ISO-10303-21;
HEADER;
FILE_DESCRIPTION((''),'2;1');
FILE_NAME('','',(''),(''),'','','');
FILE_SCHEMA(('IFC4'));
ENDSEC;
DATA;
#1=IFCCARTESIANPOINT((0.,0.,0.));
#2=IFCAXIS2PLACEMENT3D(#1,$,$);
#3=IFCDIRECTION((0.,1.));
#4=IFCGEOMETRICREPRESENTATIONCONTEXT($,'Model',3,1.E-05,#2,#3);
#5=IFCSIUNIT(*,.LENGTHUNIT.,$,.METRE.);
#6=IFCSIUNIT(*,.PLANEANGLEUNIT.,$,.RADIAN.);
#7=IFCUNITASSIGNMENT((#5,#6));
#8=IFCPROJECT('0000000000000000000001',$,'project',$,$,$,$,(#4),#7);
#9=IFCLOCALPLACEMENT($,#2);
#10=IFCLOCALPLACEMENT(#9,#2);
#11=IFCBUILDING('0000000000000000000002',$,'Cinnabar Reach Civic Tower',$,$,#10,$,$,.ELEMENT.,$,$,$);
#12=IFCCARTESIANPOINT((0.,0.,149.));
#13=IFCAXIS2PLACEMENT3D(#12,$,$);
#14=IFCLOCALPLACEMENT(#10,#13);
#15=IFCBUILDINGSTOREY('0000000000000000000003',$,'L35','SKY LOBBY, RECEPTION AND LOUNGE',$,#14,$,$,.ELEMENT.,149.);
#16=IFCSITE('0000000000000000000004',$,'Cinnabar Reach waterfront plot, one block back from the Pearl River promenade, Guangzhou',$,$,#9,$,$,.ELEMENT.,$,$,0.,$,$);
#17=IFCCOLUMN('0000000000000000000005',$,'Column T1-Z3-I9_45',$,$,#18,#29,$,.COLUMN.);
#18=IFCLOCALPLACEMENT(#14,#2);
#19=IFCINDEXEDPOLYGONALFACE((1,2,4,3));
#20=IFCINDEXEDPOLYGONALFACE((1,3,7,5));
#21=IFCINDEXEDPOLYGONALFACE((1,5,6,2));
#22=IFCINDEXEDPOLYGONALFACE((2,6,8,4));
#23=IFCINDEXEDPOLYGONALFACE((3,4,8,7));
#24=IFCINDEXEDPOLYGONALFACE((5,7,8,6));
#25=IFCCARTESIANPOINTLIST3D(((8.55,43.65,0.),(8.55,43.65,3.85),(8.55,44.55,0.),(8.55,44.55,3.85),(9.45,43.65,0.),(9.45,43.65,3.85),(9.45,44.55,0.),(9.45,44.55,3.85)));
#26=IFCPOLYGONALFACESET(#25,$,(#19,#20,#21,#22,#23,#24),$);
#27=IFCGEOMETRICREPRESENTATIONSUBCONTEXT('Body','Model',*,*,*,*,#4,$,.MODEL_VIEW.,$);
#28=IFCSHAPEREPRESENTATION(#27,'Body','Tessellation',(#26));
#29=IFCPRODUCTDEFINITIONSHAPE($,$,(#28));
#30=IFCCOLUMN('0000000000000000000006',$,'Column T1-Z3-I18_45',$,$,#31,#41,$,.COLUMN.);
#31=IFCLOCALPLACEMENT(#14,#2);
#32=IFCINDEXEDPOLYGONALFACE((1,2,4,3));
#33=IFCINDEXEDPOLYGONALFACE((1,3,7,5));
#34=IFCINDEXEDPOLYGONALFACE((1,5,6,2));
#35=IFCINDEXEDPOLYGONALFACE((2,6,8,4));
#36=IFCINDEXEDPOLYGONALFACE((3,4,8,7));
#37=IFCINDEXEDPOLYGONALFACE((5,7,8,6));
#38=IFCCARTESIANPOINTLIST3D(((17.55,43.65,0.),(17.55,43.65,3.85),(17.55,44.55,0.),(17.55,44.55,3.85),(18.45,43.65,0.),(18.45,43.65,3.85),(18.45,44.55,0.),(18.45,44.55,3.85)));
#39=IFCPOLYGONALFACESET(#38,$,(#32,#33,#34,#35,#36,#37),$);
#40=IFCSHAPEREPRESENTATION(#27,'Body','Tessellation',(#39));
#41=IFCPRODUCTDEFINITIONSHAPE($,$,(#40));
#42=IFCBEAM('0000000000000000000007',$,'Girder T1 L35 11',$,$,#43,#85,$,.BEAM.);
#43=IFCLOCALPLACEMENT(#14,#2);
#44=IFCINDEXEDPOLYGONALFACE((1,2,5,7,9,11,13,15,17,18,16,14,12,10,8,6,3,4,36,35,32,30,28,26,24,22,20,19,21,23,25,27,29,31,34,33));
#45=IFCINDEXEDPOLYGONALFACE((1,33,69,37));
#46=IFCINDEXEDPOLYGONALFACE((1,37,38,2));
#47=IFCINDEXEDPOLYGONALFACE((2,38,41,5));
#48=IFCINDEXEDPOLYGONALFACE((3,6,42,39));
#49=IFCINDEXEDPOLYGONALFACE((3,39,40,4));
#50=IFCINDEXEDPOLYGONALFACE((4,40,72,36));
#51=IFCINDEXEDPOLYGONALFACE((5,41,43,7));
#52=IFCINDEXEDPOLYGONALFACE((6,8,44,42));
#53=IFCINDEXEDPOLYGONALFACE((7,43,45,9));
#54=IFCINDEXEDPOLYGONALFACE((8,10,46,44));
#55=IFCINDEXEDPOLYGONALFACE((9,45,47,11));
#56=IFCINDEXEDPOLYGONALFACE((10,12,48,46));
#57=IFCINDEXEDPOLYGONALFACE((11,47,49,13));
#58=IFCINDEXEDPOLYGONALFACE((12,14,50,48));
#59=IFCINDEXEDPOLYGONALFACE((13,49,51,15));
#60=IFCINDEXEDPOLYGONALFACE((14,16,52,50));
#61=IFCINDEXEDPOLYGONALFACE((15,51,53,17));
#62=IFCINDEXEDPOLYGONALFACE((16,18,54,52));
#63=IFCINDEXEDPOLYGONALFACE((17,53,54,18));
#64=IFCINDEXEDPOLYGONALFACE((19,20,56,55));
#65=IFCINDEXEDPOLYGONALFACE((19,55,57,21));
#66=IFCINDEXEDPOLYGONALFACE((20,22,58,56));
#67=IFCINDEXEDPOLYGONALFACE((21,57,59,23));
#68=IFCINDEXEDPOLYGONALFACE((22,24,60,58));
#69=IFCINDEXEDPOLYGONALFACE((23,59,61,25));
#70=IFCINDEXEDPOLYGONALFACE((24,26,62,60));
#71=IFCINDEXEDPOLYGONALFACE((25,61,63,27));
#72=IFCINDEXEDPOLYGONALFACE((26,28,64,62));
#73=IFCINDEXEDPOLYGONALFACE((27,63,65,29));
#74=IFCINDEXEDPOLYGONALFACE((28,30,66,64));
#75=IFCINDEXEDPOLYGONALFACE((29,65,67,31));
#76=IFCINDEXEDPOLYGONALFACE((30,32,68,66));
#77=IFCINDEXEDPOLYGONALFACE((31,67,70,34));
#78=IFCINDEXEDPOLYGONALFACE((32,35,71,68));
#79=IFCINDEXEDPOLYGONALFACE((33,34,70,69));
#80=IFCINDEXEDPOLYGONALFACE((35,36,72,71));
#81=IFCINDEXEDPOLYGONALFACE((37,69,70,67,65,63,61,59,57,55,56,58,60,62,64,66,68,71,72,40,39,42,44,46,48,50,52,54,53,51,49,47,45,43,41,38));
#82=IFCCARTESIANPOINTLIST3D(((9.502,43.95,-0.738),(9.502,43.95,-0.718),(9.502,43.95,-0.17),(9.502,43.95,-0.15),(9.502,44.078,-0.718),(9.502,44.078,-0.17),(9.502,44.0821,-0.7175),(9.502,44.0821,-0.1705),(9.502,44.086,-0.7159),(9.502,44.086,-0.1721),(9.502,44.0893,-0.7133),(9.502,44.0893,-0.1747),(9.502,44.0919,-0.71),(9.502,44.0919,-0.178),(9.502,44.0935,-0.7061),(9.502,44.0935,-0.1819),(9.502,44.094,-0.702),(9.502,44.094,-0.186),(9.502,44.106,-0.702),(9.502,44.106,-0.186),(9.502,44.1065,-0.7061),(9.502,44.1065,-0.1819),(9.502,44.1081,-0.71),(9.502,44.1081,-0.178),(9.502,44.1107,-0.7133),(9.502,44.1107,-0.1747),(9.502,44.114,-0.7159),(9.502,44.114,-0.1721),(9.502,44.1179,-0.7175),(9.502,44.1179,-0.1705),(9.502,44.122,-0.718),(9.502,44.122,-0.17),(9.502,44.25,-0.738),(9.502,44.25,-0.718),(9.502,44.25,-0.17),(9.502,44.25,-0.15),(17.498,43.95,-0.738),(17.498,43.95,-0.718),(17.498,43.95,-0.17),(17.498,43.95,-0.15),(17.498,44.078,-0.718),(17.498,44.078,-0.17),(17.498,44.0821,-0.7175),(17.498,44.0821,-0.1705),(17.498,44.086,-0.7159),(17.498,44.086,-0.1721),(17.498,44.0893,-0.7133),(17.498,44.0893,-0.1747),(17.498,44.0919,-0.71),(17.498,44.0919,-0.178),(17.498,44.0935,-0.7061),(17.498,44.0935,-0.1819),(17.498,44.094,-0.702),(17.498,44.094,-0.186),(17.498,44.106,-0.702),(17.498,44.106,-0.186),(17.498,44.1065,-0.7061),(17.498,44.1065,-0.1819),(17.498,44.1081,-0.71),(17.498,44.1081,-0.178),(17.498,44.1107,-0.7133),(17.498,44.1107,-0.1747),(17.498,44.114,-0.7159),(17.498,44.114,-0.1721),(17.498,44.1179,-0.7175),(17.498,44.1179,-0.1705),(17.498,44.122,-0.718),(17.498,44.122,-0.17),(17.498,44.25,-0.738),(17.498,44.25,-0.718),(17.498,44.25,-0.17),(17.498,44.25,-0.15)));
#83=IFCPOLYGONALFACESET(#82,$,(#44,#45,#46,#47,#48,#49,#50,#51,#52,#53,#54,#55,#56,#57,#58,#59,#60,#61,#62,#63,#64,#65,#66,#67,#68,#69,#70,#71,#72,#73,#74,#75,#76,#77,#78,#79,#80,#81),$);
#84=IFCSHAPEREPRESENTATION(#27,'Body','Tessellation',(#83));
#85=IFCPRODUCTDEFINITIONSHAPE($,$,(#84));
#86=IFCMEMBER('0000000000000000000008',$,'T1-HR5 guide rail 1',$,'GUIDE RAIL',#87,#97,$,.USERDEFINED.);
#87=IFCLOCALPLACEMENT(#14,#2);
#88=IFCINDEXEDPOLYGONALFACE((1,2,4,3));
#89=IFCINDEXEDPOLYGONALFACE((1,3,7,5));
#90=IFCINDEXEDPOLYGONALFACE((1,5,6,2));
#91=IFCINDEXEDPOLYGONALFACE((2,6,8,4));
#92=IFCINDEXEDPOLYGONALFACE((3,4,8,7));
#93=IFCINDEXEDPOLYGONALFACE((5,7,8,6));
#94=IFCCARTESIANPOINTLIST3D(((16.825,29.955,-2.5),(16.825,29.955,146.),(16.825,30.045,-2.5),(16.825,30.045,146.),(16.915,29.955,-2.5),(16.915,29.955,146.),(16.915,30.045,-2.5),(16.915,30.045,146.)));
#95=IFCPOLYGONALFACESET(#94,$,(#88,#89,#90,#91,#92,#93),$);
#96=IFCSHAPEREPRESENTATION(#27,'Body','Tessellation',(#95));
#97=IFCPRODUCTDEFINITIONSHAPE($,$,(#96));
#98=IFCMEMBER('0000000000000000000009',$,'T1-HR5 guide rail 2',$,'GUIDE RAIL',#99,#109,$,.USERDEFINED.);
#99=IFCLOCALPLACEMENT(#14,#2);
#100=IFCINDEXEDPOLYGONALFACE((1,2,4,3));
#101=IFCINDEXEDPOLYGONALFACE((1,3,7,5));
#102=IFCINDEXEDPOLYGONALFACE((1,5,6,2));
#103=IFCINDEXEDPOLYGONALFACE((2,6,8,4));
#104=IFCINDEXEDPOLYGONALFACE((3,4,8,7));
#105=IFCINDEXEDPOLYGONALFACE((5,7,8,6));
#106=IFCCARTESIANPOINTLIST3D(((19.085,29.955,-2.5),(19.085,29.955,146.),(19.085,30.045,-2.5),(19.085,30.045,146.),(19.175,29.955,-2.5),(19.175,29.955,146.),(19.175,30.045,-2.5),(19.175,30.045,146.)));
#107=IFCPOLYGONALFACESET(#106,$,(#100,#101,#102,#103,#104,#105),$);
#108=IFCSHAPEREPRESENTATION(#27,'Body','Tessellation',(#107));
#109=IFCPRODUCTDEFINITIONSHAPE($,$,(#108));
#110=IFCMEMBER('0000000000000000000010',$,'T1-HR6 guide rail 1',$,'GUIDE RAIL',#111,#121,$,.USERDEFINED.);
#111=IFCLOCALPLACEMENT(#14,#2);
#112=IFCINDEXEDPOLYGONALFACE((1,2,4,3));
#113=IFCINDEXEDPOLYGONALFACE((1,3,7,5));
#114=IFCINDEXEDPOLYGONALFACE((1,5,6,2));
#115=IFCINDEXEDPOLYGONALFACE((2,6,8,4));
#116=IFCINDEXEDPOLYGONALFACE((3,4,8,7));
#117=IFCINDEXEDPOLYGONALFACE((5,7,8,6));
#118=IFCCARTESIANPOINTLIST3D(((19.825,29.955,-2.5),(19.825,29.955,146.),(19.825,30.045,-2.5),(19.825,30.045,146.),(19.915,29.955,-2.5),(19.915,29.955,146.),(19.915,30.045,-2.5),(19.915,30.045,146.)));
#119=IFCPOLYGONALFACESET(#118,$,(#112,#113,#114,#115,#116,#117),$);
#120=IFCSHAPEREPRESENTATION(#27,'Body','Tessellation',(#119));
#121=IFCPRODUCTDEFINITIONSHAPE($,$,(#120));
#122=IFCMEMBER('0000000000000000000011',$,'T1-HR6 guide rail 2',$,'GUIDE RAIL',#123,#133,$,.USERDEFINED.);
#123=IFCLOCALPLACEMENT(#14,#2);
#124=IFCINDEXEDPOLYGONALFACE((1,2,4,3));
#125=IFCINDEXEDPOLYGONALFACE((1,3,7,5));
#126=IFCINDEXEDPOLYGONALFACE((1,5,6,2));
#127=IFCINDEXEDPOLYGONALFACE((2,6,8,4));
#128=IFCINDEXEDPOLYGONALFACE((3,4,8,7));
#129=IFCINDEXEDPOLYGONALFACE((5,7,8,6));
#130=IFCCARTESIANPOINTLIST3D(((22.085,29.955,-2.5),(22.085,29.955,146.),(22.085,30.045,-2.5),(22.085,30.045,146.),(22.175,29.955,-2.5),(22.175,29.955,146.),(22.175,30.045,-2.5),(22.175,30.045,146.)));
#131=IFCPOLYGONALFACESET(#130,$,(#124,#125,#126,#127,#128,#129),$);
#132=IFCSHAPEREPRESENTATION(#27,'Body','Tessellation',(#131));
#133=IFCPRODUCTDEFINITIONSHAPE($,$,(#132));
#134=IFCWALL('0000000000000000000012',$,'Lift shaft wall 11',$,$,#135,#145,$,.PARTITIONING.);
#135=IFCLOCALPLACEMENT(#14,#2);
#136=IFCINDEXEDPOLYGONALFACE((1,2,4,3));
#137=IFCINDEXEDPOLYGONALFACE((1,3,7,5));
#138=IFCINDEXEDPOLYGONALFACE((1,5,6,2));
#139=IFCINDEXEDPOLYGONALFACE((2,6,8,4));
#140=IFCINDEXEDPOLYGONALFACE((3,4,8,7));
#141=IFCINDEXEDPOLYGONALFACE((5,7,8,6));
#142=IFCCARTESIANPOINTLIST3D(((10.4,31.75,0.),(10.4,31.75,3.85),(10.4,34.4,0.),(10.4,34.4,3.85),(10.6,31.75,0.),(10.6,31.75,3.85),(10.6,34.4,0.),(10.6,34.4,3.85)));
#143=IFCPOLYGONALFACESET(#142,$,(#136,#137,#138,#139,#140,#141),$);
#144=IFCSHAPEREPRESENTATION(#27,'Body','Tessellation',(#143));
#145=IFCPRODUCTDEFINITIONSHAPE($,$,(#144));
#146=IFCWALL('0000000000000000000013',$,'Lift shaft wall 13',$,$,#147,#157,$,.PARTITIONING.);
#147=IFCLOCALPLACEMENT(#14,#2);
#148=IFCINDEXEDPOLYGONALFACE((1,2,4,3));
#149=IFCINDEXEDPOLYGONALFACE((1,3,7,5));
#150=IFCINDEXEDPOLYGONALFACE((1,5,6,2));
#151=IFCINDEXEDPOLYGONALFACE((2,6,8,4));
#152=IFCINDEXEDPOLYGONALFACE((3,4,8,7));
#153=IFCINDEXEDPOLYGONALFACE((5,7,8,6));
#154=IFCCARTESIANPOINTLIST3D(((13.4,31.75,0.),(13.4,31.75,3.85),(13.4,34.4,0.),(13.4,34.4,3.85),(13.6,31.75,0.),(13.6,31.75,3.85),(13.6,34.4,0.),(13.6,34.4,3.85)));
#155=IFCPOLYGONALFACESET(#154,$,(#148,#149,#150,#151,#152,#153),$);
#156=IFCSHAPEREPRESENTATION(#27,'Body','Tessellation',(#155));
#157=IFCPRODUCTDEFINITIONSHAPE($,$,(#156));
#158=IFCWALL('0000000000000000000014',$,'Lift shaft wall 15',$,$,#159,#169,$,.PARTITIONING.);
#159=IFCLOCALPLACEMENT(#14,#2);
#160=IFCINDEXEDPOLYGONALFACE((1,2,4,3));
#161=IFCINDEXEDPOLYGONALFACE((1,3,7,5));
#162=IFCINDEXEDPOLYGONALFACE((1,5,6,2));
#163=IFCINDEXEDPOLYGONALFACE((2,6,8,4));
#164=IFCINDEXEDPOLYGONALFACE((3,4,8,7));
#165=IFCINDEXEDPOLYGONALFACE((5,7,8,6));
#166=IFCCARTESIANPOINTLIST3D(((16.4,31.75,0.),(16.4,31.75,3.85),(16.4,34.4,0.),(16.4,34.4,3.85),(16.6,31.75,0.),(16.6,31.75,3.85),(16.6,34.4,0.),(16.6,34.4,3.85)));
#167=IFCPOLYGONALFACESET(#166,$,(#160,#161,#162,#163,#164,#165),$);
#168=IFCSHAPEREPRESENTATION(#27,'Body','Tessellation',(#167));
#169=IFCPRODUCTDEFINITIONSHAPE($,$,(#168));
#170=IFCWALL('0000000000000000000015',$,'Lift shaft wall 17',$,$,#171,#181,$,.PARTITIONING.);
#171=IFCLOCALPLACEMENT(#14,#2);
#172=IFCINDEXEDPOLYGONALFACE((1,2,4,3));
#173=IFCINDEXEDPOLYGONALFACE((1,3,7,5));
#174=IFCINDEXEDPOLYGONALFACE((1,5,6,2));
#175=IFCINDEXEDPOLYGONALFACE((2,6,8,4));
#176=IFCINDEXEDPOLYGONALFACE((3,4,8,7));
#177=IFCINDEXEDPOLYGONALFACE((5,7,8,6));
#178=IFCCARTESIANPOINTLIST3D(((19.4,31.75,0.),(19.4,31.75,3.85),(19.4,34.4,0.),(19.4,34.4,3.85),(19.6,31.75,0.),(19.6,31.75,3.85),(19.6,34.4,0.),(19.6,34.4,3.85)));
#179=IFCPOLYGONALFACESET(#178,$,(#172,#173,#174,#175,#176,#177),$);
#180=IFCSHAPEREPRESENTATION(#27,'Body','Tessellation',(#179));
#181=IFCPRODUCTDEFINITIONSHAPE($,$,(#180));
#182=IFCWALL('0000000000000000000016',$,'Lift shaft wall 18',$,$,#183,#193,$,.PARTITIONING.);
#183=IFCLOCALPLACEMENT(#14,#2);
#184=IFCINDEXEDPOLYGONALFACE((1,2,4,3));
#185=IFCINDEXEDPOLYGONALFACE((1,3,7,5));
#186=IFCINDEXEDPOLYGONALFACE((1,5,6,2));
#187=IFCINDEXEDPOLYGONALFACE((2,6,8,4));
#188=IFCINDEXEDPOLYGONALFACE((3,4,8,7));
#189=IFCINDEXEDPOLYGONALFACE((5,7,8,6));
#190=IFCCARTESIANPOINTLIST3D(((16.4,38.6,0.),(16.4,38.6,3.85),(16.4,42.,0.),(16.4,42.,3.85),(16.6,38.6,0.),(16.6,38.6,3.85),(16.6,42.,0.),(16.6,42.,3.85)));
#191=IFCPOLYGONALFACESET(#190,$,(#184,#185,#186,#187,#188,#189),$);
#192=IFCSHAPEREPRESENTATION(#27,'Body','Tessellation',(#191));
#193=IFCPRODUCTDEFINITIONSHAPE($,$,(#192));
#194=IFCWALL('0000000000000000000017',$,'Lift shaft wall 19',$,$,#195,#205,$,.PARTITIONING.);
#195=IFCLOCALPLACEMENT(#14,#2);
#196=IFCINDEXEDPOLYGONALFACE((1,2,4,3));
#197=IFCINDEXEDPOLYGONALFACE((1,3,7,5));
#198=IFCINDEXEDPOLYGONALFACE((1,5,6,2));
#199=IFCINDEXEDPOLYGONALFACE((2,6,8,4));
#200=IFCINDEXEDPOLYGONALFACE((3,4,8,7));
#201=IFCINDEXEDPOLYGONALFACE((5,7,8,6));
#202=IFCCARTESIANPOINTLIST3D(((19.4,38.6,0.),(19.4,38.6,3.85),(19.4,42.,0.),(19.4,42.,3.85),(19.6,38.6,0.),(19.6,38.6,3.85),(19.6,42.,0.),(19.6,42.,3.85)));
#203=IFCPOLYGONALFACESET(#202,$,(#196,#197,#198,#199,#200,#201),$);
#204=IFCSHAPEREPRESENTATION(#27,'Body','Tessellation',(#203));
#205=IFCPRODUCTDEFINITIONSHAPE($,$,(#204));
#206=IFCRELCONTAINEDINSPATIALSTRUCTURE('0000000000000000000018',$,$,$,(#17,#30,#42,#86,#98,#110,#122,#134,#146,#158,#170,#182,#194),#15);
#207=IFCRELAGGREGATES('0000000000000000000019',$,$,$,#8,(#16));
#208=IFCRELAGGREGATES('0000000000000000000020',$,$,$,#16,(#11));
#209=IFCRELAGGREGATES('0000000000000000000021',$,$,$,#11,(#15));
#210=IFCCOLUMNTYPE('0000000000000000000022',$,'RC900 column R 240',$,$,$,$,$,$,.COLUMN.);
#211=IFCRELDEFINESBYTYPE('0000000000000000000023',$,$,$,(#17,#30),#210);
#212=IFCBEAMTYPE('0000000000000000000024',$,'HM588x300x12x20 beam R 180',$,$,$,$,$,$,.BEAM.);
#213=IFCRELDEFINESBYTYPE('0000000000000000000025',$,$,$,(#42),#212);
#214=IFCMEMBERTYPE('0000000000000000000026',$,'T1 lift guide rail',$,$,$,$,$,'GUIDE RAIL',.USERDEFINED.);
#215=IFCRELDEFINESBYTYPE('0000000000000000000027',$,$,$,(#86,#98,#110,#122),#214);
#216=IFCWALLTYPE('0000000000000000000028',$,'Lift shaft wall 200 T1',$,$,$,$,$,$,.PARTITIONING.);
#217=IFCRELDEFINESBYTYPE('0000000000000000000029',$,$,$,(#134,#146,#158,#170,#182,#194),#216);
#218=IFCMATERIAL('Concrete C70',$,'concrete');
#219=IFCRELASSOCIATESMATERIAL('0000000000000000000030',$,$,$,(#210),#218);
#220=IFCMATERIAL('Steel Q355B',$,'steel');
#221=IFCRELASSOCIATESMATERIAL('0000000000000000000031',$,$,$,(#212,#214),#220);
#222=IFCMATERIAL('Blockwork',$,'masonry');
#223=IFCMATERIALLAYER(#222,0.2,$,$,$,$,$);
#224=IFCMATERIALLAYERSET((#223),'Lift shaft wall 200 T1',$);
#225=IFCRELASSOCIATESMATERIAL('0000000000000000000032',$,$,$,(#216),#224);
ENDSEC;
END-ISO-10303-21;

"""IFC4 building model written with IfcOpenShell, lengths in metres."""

from ifc_helpers import new_model, si_unit, direction, frame, frame_2d, origin, origin_2d, place, context, subcontext, project, spatial, rectangle, i_section, extrude, material, layer, layer_set, material_profile, profile_set, type_object, element, save


model = new_model("IFC4")

# Units and contexts
model_context = context("Model", 3, precision=1e-05, world=origin(), true_north=direction((0.0, 1.0)))
body_context = subcontext(model_context, "Body", "Model", "MODEL_VIEW")
ifc_project = project(units=[si_unit("LENGTHUNIT", "METRE"), si_unit("PLANEANGLEUNIT", "RADIAN")], contexts=[model_context])

# Site, building, storey
site_placement = place(None, origin())
site = spatial("IfcSite", under=ifc_project, at=site_placement, Name="Cinnabar Reach waterfront plot, one block back from the Pearl River promenade, Guangzhou", CompositionType="ELEMENT", RefElevation=0.0)
building_placement = place(site_placement, origin())
building = spatial("IfcBuilding", under=site, at=building_placement, Name="Cinnabar Reach Civic Tower", CompositionType="ELEMENT")
storey_placement = place(building_placement, frame((0.0, 0.0, 149.0)))
storey = spatial("IfcBuildingStorey", under=building, at=storey_placement, Name="L35", Description="SKY LOBBY, RECEPTION AND LOUNGE", CompositionType="ELEMENT", Elevation=149.0)

# Columns
ifc_material_1 = material(Name="Concrete C70", Category="concrete")
ifc_material_profile_1 = material_profile(ifc_material_1, rectangle(XDim=0.9, YDim=0.9, at=origin_2d()), Name="RC900")
ifc_profile_set_1 = profile_set([ifc_material_profile_1], Name="Concrete C70")
column_type = type_object("IfcColumnType", Name="RC900 column R 240", PredefinedType="COLUMN", material=ifc_profile_set_1)
for number, where, z_axis, x_axis, name in (
    (1, (9.0, 44.1, 0.0), (0.0, 0.0, 1.0), (1.0, 0.0, 0.0), "Column T1-Z3-I9_45"),
    (2, (18.0, 44.1, 0.0), (0.0, 0.0, 1.0), (1.0, 0.0, 0.0), "Column T1-Z3-I18_45"),
):
    element("IfcColumn", number, at=place(storey_placement, frame(where, z_axis=z_axis, x_axis=x_axis)), inside=storey, type_object=column_type, Name=name, PredefinedType="COLUMN", context=body_context, shape_type="SweptSolid", body=[
        extrude(rectangle(XDim=0.9, YDim=0.9, at=origin_2d()), origin(), (0.0, 0.0, 1.0), 3.85),
    ])

# Beam
ifc_material_2 = material(Name="Steel Q355B", Category="steel")
ifc_material_profile_2 = material_profile(ifc_material_2, i_section(OverallWidth=0.3, OverallDepth=0.588, WebThickness=0.012, FlangeThickness=0.02, FilletRadius=0.016, at=origin_2d()), Name="HM588x300x12x20")
ifc_profile_set_2 = profile_set([ifc_material_profile_2], Name="Steel Q355B")
beam_type = type_object("IfcBeamType", Name="HM588x300x12x20 beam R 180", PredefinedType="BEAM", material=ifc_profile_set_2)
beam_placement = place(storey_placement, frame((9.502, 44.1, -0.444), z_axis=(1.0, 0.0, 0.0), x_axis=(0.0, 1.0, 0.0)))
element("IfcBeam", 3, at=beam_placement, inside=storey, type_object=beam_type, Name="Girder T1 L35 11", PredefinedType="BEAM", context=body_context, shape_type="SweptSolid", body=[
    extrude(i_section(OverallWidth=0.3, OverallDepth=0.588, WebThickness=0.012, FlangeThickness=0.02, FilletRadius=0.016, at=origin_2d()), origin(), (0.0, 0.0, 1.0), 7.996),
])

# Members
ifc_material_profile_3 = material_profile(ifc_material_2, rectangle(XDim=0.09, YDim=0.09, at=origin_2d()), Name="T1 lift guide rail")
ifc_profile_set_3 = profile_set([ifc_material_profile_3], Name="Steel Q355B")
member_type = type_object("IfcMemberType", Name="T1 lift guide rail", ElementType="GUIDE RAIL", PredefinedType="USERDEFINED", material=ifc_profile_set_3)
for number, where, z_axis, x_axis, name in (
    (4, (16.87, 30.0, -2.5), (0.0, 0.0, 1.0), (1.0, 0.0, 0.0), "T1-HR5 guide rail 1"),
    (5, (19.13, 30.0, -2.5), (0.0, 0.0, 1.0), (1.0, 0.0, 0.0), "T1-HR5 guide rail 2"),
    (6, (19.87, 30.0, -2.5), (0.0, 0.0, 1.0), (1.0, 0.0, 0.0), "T1-HR6 guide rail 1"),
    (7, (22.13, 30.0, -2.5), (0.0, 0.0, 1.0), (1.0, 0.0, 0.0), "T1-HR6 guide rail 2"),
):
    element("IfcMember", number, at=place(storey_placement, frame(where, z_axis=z_axis, x_axis=x_axis)), inside=storey, type_object=member_type, Name=name, ObjectType="GUIDE RAIL", PredefinedType="USERDEFINED", context=body_context, shape_type="SweptSolid", body=[
        extrude(rectangle(XDim=0.09, YDim=0.09, at=origin_2d()), origin(), (0.0, 0.0, 1.0), 148.5),
    ])

# Walls
ifc_material_3 = material(Name="Blockwork", Category="masonry")
ifc_layer_1 = layer(ifc_material_3, 0.2)
ifc_layer_set_1 = layer_set([ifc_layer_1], Name="Lift shaft wall 200 T1")
wall_type_1 = type_object("IfcWallType", Name="Lift shaft wall 200 T1", PredefinedType="PARTITIONING", material=ifc_layer_set_1)
for number, where, z_axis, x_axis, name in (
    (8, (10.5, 31.75, 0.0), (0.0, 0.0, 1.0), (0.0, 1.0, 0.0), "Lift shaft wall 11"),
    (9, (13.5, 31.75, 0.0), (0.0, 0.0, 1.0), (0.0, 1.0, 0.0), "Lift shaft wall 13"),
    (10, (16.5, 31.75, 0.0), (0.0, 0.0, 1.0), (0.0, 1.0, 0.0), "Lift shaft wall 15"),
    (11, (19.5, 31.75, 0.0), (0.0, 0.0, 1.0), (0.0, 1.0, 0.0), "Lift shaft wall 17"),
):
    element("IfcWall", number, at=place(storey_placement, frame(where, z_axis=z_axis, x_axis=x_axis)), inside=storey, type_object=wall_type_1, Name=name, PredefinedType="PARTITIONING", context=body_context, shape_type="SweptSolid", body=[
        extrude(rectangle(XDim=2.65, YDim=0.2, at=frame_2d((1.325, 0.0))), origin(), (0.0, 0.0, 1.0), 3.85),
    ])
for number, where, z_axis, x_axis, name in (
    (12, (16.5, 38.6, 0.0), (0.0, 0.0, 1.0), (0.0, 1.0, 0.0), "Lift shaft wall 18"),
    (13, (19.5, 38.6, 0.0), (0.0, 0.0, 1.0), (0.0, 1.0, 0.0), "Lift shaft wall 19"),
):
    element("IfcWall", number, at=place(storey_placement, frame(where, z_axis=z_axis, x_axis=x_axis)), inside=storey, type_object=wall_type_1, Name=name, PredefinedType="PARTITIONING", context=body_context, shape_type="SweptSolid", body=[
        extrude(rectangle(XDim=3.4, YDim=0.2, at=frame_2d((1.7, 0.0))), origin(), (0.0, 0.0, 1.0), 3.85),
    ])

save(model, "model.ifc")
